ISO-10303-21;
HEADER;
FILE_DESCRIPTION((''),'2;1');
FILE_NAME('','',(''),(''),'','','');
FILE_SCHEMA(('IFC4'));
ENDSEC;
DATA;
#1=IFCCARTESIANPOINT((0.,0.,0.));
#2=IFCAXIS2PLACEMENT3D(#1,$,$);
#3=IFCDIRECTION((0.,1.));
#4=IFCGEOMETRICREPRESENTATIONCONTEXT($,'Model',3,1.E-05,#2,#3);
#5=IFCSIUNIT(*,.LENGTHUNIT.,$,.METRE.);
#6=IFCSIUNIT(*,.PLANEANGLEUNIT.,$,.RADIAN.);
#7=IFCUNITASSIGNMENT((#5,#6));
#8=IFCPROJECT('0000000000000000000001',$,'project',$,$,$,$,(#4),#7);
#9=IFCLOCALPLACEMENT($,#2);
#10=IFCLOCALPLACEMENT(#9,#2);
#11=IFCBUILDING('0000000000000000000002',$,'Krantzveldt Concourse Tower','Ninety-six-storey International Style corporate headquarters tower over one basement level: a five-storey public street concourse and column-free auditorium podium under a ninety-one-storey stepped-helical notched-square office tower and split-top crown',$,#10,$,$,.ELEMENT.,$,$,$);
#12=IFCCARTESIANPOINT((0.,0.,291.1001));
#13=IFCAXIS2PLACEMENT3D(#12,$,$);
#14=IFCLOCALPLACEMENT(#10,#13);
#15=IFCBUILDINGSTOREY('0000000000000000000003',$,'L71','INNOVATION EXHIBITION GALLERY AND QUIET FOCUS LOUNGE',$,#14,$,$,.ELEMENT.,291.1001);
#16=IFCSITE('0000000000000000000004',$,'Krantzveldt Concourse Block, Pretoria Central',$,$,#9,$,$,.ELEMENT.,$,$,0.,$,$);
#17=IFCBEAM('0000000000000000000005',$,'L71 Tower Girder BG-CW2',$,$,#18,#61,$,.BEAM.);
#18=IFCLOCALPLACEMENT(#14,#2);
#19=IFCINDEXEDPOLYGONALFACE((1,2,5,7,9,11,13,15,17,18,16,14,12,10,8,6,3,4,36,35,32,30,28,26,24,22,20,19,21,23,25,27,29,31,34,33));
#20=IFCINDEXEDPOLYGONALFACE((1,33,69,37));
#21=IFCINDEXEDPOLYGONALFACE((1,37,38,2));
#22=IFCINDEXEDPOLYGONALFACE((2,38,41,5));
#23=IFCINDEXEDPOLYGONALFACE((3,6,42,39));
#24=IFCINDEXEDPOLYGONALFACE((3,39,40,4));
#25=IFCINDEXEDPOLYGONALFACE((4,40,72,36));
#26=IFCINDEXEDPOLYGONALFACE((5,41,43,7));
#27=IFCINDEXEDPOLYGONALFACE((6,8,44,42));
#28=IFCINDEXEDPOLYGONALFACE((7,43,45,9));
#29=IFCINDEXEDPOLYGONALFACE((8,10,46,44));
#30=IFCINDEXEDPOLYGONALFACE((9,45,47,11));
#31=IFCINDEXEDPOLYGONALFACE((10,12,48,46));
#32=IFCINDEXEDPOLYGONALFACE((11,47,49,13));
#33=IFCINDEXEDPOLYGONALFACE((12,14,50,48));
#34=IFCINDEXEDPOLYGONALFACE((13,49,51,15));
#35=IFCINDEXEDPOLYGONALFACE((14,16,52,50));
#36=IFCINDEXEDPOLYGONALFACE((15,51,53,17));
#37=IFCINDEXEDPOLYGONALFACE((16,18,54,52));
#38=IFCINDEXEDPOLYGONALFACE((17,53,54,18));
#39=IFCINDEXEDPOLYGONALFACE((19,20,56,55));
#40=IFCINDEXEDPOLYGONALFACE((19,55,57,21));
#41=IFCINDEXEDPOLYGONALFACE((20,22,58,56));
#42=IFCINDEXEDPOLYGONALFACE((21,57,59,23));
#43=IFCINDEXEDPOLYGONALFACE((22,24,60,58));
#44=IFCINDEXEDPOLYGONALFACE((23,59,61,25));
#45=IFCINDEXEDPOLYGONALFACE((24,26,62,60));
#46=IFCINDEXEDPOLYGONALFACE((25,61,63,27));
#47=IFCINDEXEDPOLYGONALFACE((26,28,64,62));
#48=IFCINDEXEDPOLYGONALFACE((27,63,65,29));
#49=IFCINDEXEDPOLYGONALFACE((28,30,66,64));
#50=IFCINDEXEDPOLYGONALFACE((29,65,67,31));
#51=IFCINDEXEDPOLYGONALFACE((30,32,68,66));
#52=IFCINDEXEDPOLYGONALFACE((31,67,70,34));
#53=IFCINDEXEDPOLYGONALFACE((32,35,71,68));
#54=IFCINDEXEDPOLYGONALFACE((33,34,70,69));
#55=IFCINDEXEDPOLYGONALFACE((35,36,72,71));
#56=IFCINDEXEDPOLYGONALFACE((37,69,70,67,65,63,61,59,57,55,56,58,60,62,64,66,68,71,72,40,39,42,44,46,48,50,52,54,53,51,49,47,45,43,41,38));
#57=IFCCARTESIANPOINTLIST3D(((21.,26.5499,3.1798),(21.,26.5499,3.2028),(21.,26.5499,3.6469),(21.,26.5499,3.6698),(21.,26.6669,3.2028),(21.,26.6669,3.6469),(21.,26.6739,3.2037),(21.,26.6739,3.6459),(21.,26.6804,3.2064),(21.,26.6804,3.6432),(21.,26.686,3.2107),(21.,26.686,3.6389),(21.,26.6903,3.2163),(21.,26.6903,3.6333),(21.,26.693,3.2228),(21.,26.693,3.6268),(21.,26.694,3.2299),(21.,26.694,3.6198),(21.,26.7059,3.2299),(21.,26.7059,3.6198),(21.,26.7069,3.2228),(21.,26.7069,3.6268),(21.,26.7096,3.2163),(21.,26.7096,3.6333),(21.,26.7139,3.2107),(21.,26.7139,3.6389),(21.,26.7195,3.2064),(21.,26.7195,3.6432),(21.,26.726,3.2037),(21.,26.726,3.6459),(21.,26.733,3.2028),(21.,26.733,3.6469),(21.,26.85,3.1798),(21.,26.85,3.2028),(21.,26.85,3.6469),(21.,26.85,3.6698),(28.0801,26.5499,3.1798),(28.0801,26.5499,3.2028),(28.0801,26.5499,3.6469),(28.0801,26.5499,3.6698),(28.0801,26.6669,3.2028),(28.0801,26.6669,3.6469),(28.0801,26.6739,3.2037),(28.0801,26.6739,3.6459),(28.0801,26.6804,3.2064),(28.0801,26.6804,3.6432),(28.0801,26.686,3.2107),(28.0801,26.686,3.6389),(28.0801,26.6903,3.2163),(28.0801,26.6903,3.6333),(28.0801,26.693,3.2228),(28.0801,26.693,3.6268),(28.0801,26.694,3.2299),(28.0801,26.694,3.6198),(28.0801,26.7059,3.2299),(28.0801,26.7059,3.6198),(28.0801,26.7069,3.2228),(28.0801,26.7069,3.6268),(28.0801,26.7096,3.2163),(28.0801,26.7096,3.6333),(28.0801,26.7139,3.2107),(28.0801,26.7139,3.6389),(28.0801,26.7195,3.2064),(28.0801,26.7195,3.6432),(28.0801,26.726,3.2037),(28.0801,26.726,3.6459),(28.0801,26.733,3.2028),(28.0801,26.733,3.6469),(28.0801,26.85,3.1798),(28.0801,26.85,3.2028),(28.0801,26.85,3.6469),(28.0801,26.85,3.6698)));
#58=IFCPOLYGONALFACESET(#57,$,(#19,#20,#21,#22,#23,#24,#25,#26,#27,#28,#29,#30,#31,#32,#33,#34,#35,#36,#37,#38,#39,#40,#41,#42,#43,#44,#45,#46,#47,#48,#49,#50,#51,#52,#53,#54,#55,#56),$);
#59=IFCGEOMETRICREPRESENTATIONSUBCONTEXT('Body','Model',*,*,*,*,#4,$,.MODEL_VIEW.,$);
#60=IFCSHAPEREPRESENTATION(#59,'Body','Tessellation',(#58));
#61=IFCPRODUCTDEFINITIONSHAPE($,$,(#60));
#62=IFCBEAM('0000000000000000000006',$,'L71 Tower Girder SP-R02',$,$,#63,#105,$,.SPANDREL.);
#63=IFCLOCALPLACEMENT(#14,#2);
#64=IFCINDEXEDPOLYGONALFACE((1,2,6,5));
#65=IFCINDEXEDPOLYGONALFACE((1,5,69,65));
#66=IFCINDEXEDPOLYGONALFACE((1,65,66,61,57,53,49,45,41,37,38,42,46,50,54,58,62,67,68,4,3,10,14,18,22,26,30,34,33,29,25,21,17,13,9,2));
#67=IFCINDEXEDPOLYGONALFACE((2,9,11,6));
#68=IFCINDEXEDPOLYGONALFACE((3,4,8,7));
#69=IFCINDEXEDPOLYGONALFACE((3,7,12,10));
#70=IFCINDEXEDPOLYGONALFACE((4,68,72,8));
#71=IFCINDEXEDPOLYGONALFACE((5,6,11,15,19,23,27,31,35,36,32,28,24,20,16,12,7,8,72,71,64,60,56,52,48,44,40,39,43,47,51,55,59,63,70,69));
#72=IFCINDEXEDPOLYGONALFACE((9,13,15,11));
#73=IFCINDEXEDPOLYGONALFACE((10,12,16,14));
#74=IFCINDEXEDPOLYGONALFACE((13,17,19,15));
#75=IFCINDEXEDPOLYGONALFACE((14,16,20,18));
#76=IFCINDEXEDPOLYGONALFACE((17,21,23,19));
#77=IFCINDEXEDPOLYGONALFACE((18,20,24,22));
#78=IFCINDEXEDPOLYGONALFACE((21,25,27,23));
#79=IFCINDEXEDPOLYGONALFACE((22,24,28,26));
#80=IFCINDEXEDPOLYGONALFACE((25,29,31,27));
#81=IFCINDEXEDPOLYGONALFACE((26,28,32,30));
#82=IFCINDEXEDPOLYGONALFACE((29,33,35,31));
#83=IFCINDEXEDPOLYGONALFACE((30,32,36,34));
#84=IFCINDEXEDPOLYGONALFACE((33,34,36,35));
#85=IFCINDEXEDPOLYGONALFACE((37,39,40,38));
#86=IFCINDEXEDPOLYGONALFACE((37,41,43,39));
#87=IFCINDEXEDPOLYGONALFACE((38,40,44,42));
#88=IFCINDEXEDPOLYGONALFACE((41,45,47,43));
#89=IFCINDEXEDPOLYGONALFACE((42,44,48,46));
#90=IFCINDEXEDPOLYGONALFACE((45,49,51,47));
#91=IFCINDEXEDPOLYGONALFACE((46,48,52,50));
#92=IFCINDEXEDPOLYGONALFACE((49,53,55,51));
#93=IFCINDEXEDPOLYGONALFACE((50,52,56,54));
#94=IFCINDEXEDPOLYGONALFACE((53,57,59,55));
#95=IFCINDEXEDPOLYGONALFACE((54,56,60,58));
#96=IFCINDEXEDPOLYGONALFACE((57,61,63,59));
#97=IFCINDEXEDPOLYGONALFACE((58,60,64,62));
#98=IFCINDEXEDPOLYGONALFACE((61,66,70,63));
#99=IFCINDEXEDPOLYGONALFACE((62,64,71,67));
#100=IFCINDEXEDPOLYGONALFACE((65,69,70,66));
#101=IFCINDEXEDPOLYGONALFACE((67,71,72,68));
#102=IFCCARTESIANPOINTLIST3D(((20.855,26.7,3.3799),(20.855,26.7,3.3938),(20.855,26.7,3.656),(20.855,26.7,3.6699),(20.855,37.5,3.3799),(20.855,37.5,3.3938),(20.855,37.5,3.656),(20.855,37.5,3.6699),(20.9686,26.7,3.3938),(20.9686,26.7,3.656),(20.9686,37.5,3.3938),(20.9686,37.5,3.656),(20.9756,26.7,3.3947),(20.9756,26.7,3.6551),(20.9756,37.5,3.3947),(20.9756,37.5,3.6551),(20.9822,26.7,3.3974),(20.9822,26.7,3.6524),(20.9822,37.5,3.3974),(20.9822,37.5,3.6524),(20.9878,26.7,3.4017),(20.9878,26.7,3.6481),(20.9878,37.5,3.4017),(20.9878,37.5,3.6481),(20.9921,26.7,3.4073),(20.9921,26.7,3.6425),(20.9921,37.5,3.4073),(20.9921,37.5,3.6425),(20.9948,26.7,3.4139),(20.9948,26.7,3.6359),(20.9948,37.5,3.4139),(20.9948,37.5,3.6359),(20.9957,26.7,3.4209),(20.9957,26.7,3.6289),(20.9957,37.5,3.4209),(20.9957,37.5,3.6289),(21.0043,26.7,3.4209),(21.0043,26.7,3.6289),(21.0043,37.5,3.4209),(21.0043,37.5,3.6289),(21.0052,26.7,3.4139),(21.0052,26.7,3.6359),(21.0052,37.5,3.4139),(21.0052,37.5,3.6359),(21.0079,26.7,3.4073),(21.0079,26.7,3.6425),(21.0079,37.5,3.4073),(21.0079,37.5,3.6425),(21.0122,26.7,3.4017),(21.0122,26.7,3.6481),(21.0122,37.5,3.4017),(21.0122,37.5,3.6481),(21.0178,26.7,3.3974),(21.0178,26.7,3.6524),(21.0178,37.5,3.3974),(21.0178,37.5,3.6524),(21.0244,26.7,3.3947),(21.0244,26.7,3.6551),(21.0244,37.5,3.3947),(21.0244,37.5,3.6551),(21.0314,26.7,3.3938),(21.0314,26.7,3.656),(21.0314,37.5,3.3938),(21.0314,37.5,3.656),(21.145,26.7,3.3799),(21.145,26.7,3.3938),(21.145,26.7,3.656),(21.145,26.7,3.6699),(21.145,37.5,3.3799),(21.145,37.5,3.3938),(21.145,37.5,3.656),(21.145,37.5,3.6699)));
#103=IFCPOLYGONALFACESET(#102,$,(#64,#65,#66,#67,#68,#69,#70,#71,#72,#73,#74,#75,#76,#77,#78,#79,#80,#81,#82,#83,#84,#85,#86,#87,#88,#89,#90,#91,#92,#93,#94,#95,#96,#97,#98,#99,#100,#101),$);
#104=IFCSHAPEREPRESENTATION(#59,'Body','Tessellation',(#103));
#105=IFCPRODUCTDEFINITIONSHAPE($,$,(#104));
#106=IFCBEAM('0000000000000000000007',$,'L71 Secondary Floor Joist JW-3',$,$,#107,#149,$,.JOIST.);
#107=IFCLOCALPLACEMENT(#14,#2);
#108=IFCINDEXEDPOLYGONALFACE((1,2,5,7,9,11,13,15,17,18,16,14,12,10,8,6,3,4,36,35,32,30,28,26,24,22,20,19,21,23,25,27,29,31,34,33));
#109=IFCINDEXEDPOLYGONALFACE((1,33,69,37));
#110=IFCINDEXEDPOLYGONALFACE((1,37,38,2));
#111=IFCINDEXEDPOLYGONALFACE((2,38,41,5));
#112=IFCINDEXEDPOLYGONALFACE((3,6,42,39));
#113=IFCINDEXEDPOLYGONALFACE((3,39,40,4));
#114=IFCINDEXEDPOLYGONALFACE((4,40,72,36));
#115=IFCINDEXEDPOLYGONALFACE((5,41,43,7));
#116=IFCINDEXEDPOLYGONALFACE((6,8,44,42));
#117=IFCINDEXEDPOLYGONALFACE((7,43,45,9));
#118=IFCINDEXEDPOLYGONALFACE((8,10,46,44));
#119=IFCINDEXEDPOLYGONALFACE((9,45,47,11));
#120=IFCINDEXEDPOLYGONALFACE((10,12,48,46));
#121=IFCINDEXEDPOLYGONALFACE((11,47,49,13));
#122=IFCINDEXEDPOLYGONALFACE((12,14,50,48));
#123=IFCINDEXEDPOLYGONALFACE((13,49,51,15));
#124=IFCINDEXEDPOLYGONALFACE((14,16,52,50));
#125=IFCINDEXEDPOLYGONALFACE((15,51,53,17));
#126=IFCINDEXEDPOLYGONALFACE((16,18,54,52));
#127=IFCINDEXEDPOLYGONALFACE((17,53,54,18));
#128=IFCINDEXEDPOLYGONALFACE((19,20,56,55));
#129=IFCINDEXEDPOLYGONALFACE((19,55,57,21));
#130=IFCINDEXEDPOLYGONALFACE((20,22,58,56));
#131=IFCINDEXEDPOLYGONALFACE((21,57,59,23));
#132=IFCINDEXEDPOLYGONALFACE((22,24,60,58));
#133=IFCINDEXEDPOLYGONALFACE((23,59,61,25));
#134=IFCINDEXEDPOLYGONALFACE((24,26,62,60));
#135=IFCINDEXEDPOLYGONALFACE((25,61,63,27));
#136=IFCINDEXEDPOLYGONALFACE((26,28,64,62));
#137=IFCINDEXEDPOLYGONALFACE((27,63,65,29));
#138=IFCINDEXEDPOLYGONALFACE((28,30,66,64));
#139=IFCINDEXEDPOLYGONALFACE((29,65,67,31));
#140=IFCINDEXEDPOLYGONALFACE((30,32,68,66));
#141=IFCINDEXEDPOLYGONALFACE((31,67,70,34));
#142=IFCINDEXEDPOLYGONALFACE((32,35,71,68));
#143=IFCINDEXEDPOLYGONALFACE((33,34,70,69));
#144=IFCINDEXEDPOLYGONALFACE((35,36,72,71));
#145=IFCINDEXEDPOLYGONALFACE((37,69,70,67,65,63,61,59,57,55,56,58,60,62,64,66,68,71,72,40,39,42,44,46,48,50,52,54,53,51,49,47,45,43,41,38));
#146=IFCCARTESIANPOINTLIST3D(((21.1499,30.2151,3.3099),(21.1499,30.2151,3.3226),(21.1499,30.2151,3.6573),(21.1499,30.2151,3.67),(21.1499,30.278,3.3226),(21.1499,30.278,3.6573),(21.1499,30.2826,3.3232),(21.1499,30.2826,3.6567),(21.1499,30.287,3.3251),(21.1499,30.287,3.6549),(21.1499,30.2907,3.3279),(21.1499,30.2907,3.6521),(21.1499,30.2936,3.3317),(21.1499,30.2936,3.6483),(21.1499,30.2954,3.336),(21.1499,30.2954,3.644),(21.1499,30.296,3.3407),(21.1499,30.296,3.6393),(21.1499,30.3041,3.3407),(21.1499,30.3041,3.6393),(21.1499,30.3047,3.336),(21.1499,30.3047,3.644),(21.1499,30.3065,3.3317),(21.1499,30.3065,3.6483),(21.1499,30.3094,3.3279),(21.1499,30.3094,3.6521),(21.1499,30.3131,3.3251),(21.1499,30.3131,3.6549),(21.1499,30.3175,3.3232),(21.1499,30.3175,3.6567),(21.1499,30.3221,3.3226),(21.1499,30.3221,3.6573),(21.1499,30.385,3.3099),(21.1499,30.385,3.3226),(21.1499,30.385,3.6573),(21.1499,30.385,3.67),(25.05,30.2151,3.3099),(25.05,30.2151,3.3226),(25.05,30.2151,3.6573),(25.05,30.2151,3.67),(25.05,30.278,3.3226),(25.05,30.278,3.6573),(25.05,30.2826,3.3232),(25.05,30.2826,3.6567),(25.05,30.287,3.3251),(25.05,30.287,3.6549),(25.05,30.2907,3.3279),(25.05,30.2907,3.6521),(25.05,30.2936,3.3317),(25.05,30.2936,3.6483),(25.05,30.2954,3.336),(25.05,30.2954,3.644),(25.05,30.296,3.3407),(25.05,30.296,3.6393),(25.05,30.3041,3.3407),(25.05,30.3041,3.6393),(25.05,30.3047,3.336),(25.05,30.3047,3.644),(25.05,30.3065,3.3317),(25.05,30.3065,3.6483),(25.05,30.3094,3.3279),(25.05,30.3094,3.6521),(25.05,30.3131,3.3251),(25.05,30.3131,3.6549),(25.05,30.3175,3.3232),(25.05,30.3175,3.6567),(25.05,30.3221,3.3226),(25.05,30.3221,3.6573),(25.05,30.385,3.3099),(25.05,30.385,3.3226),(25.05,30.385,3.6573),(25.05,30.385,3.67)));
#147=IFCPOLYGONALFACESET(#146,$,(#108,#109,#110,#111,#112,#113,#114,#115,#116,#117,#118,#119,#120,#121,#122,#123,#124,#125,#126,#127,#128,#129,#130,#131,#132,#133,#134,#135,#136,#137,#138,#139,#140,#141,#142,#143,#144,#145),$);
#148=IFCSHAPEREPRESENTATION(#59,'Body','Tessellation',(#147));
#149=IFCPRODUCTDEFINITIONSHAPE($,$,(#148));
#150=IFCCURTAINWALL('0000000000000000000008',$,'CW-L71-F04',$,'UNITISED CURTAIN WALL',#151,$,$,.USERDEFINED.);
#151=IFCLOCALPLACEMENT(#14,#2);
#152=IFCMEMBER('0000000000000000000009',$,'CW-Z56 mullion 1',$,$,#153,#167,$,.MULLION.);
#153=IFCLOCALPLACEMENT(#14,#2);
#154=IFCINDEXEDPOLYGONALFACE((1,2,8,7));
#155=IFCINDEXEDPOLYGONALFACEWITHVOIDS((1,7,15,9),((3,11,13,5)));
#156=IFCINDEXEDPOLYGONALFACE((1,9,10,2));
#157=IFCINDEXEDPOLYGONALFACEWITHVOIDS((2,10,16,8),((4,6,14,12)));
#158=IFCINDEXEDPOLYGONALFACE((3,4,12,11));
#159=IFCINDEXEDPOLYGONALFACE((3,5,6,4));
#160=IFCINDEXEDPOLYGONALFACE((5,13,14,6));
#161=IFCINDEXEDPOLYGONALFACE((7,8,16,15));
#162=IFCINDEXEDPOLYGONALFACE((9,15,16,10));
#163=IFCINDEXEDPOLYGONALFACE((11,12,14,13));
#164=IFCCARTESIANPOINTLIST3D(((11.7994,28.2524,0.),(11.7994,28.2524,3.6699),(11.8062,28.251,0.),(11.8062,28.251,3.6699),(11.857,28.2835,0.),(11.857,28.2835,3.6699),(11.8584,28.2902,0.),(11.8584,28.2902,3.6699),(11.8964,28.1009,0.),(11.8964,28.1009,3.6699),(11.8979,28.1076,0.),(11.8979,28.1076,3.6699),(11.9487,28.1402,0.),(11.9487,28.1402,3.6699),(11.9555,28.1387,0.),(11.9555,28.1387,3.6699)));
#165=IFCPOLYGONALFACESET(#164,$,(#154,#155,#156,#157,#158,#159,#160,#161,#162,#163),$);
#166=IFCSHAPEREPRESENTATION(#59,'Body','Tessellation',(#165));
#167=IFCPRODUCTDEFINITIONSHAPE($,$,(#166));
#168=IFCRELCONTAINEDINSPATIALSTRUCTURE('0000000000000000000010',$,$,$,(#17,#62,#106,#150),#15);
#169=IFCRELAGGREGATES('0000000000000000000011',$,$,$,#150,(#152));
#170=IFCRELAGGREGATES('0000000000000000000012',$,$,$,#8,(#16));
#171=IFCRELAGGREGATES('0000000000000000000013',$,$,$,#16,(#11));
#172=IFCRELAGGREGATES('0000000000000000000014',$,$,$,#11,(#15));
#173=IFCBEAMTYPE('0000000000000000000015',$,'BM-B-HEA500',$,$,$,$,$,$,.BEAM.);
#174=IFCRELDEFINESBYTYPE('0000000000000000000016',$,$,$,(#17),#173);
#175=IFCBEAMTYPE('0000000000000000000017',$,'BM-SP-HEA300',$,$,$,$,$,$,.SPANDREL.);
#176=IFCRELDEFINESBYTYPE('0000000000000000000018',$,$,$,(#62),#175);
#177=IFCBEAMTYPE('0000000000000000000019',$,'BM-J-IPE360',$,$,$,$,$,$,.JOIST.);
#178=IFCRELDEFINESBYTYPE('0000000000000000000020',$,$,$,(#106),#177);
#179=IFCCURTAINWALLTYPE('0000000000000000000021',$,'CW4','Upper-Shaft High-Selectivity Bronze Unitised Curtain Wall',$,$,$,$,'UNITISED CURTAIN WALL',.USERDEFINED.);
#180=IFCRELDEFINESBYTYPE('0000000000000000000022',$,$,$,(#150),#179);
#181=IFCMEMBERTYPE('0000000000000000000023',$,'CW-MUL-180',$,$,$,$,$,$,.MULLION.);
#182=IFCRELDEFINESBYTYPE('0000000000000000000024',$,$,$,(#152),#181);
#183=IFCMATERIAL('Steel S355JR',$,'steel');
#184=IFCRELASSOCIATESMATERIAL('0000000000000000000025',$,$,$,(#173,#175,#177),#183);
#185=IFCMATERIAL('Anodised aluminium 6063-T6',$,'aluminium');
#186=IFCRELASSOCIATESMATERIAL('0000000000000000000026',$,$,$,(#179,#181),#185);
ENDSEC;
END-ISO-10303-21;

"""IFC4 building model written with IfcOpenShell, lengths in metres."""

from ifc_helpers import new_model, si_unit, direction, frame, origin, origin_2d, place, context, subcontext, project, spatial, hollow_rectangle, i_section, extrude, source, transform, mapped, material, material_profile, profile_set, type_object, type_shapes, element, aggregate, save


model = new_model("IFC4")

# Units and contexts
model_context = context("Model", 3, precision=1e-05, world=origin(), true_north=direction((0.0, 1.0)))
body_context = subcontext(model_context, "Body", "Model", "MODEL_VIEW")
ifc_project = project(units=[si_unit("LENGTHUNIT", "METRE"), si_unit("PLANEANGLEUNIT", "RADIAN")], contexts=[model_context])

# Site, building, storey
site_placement = place(None, origin())
site = spatial("IfcSite", under=ifc_project, at=site_placement, Name="Krantzveldt Concourse Block, Pretoria Central", CompositionType="ELEMENT", RefElevation=0.0)
building_placement = place(site_placement, origin())
building = spatial("IfcBuilding", under=site, at=building_placement, Name="Krantzveldt Concourse Tower", Description="Ninety-six-storey International Style corporate headquarters tower over one basement level: a five-storey public street concourse and column-free auditorium podium under a ninety-one-storey stepped-helical notched-square office tower and split-top crown", CompositionType="ELEMENT")
storey_placement = place(building_placement, frame((0.0, 0.0, 291.1001)))
storey = spatial("IfcBuildingStorey", under=building, at=storey_placement, Name="L71", Description="INNOVATION EXHIBITION GALLERY AND QUIET FOCUS LOUNGE", CompositionType="ELEMENT", Elevation=291.1001)

# Beams
ifc_material_1 = material(Name="Steel S355JR", Category="steel")
ifc_material_profile_1 = material_profile(ifc_material_1, i_section(OverallWidth=0.3, OverallDepth=0.49, WebThickness=0.012, FlangeThickness=0.0229, FilletRadius=0.0271, at=origin_2d()), Name="Steel S355JR", Category="steel")
ifc_profile_set_1 = profile_set([ifc_material_profile_1], Name="Steel S355JR - HEA 500")
beam_type_1 = type_object("IfcBeamType", Name="BM-B-HEA500", PredefinedType="BEAM", material=ifc_profile_set_1)
shared_shape_1 = source(origin(), body_context, "Body", "SweptSolid", [
    extrude(i_section(OverallWidth=0.3, OverallDepth=0.49, WebThickness=0.012, FlangeThickness=0.0229, FilletRadius=0.0271, at=origin_2d()), origin(), (0.0, 0.0, 1.0), 7.0801),
])
type_shapes(beam_type_1, [shared_shape_1])
beam_1_placement = place(storey_placement, frame((21.0, 26.7, 3.4248), z_axis=(1.0, 0.0, 0.0), x_axis=(0.0, 1.0, 0.0)))
element("IfcBeam", 1, at=beam_1_placement, inside=storey, type_object=beam_type_1, Name="L71 Tower Girder BG-CW2", PredefinedType="BEAM", context=body_context, shape_type="MappedRepresentation", body=[
    mapped(shared_shape_1, transform((0.0, 0.0, 0.0), x_axis=(1.0, 0.0, 0.0), y_axis=(0.0, 1.0, 0.0), z_axis=(0.0, 0.0, 1.0), scale=1.0)),
])
ifc_material_profile_2 = material_profile(ifc_material_1, i_section(OverallWidth=0.29, OverallDepth=0.29, WebThickness=0.0085, FlangeThickness=0.0139, FilletRadius=0.0271, at=origin_2d()), Name="Steel S355JR", Category="steel")
ifc_profile_set_2 = profile_set([ifc_material_profile_2], Name="Steel S355JR - HEA 300")
beam_type_2 = type_object("IfcBeamType", Name="BM-SP-HEA300", PredefinedType="SPANDREL", material=ifc_profile_set_2)
shared_shape_2 = source(origin(), body_context, "Body", "SweptSolid", [
    extrude(i_section(OverallWidth=0.29, OverallDepth=0.29, WebThickness=0.0085, FlangeThickness=0.0139, FilletRadius=0.0271, at=origin_2d()), origin(), (0.0, 0.0, 1.0), 10.8),
])
type_shapes(beam_type_2, [shared_shape_2])
beam_2_placement = place(storey_placement, frame((21.0, 26.7, 3.5249), z_axis=(0.0, 1.0, 0.0), x_axis=(-1.0, 0.0, 0.0)))
element("IfcBeam", 2, at=beam_2_placement, inside=storey, type_object=beam_type_2, Name="L71 Tower Girder SP-R02", PredefinedType="SPANDREL", context=body_context, shape_type="MappedRepresentation", body=[
    mapped(shared_shape_2, transform((0.0, 0.0, 0.0), x_axis=(1.0, 0.0, 0.0), y_axis=(0.0, 1.0, 0.0), z_axis=(0.0, 0.0, 1.0), scale=1.0)),
])
ifc_material_profile_3 = material_profile(ifc_material_1, i_section(OverallWidth=0.1699, OverallDepth=0.3601, WebThickness=0.0081, FlangeThickness=0.0127, FilletRadius=0.0181, at=origin_2d()), Name="Steel S355JR", Category="steel")
ifc_profile_set_3 = profile_set([ifc_material_profile_3], Name="Steel S355JR - IPE 360")
beam_type_3 = type_object("IfcBeamType", Name="BM-J-IPE360", PredefinedType="JOIST", material=ifc_profile_set_3)
shared_shape_3 = source(origin(), body_context, "Body", "SweptSolid", [
    extrude(i_section(OverallWidth=0.1699, OverallDepth=0.3601, WebThickness=0.0081, FlangeThickness=0.0127, FilletRadius=0.0181, at=origin_2d()), origin(), (0.0, 0.0, 1.0), 3.9001),
])
type_shapes(beam_type_3, [shared_shape_3])
beam_3_placement = place(storey_placement, frame((21.1499, 30.3, 3.49), z_axis=(1.0, 0.0, 0.0), x_axis=(0.0, 1.0, 0.0)))
element("IfcBeam", 3, at=beam_3_placement, inside=storey, type_object=beam_type_3, Name="L71 Secondary Floor Joist JW-3", PredefinedType="JOIST", context=body_context, shape_type="MappedRepresentation", body=[
    mapped(shared_shape_3, transform((0.0, 0.0, 0.0), x_axis=(1.0, 0.0, 0.0), y_axis=(0.0, 1.0, 0.0), z_axis=(0.0, 0.0, 1.0), scale=1.0)),
])

# Curtain wall, member
ifc_material_2 = material(Name="Anodised aluminium 6063-T6", Category="aluminium")
curtain_wall_type = type_object("IfcCurtainWallType", Name="CW4", Description="Upper-Shaft High-Selectivity Bronze Unitised Curtain Wall", ElementType="UNITISED CURTAIN WALL", PredefinedType="USERDEFINED", material=ifc_material_2)
curtain_wall_placement = place(storey_placement, origin())
curtain_wall = element("IfcCurtainWall", 4, at=curtain_wall_placement, inside=storey, type_object=curtain_wall_type, Name="CW-L71-F04", ObjectType="UNITISED CURTAIN WALL", PredefinedType="USERDEFINED")
ifc_material_profile_4 = material_profile(ifc_material_2, hollow_rectangle(XDim=0.0701, YDim=0.1799, WallThickness=0.0049, at=origin_2d()), Name="Anodised aluminium 6063-T6", Category="aluminium")
ifc_profile_set_4 = profile_set([ifc_material_profile_4], Name="Anodised aluminium 6063-T6 - ALU-MULL 180x70x5")
member_type_1 = type_object("IfcMemberType", Name="CW-MUL-180", PredefinedType="MULLION", material=ifc_profile_set_4)
shared_shape_4 = source(origin(), body_context, "Body", "SweptSolid", [
    extrude(hollow_rectangle(XDim=0.0701, YDim=0.1799, WallThickness=0.0049, at=origin_2d()), origin(), (0.0, 0.0, 1.0), 3.6699),
])
type_shapes(member_type_1, [shared_shape_4])
member_1_placement = place(storey_placement, frame((11.8774, 28.1956, 0.0), z_axis=(0.0, 0.0, 1.0), x_axis=(0.842217, 0.539138, 0.0)))
member_1 = element("IfcMember", 5, at=member_1_placement, type_object=member_type_1, Name="CW-Z56 mullion 1", PredefinedType="MULLION", context=body_context, shape_type="MappedRepresentation", body=[
    mapped(shared_shape_4, transform((0.0, 0.0, 0.0), x_axis=(1.0, 0.0, 0.0), y_axis=(0.0, 1.0, 0.0), z_axis=(0.0, 0.0, 1.0), scale=1.0)),
])
aggregate(curtain_wall, [member_1])

save(model, "model.ifc")
